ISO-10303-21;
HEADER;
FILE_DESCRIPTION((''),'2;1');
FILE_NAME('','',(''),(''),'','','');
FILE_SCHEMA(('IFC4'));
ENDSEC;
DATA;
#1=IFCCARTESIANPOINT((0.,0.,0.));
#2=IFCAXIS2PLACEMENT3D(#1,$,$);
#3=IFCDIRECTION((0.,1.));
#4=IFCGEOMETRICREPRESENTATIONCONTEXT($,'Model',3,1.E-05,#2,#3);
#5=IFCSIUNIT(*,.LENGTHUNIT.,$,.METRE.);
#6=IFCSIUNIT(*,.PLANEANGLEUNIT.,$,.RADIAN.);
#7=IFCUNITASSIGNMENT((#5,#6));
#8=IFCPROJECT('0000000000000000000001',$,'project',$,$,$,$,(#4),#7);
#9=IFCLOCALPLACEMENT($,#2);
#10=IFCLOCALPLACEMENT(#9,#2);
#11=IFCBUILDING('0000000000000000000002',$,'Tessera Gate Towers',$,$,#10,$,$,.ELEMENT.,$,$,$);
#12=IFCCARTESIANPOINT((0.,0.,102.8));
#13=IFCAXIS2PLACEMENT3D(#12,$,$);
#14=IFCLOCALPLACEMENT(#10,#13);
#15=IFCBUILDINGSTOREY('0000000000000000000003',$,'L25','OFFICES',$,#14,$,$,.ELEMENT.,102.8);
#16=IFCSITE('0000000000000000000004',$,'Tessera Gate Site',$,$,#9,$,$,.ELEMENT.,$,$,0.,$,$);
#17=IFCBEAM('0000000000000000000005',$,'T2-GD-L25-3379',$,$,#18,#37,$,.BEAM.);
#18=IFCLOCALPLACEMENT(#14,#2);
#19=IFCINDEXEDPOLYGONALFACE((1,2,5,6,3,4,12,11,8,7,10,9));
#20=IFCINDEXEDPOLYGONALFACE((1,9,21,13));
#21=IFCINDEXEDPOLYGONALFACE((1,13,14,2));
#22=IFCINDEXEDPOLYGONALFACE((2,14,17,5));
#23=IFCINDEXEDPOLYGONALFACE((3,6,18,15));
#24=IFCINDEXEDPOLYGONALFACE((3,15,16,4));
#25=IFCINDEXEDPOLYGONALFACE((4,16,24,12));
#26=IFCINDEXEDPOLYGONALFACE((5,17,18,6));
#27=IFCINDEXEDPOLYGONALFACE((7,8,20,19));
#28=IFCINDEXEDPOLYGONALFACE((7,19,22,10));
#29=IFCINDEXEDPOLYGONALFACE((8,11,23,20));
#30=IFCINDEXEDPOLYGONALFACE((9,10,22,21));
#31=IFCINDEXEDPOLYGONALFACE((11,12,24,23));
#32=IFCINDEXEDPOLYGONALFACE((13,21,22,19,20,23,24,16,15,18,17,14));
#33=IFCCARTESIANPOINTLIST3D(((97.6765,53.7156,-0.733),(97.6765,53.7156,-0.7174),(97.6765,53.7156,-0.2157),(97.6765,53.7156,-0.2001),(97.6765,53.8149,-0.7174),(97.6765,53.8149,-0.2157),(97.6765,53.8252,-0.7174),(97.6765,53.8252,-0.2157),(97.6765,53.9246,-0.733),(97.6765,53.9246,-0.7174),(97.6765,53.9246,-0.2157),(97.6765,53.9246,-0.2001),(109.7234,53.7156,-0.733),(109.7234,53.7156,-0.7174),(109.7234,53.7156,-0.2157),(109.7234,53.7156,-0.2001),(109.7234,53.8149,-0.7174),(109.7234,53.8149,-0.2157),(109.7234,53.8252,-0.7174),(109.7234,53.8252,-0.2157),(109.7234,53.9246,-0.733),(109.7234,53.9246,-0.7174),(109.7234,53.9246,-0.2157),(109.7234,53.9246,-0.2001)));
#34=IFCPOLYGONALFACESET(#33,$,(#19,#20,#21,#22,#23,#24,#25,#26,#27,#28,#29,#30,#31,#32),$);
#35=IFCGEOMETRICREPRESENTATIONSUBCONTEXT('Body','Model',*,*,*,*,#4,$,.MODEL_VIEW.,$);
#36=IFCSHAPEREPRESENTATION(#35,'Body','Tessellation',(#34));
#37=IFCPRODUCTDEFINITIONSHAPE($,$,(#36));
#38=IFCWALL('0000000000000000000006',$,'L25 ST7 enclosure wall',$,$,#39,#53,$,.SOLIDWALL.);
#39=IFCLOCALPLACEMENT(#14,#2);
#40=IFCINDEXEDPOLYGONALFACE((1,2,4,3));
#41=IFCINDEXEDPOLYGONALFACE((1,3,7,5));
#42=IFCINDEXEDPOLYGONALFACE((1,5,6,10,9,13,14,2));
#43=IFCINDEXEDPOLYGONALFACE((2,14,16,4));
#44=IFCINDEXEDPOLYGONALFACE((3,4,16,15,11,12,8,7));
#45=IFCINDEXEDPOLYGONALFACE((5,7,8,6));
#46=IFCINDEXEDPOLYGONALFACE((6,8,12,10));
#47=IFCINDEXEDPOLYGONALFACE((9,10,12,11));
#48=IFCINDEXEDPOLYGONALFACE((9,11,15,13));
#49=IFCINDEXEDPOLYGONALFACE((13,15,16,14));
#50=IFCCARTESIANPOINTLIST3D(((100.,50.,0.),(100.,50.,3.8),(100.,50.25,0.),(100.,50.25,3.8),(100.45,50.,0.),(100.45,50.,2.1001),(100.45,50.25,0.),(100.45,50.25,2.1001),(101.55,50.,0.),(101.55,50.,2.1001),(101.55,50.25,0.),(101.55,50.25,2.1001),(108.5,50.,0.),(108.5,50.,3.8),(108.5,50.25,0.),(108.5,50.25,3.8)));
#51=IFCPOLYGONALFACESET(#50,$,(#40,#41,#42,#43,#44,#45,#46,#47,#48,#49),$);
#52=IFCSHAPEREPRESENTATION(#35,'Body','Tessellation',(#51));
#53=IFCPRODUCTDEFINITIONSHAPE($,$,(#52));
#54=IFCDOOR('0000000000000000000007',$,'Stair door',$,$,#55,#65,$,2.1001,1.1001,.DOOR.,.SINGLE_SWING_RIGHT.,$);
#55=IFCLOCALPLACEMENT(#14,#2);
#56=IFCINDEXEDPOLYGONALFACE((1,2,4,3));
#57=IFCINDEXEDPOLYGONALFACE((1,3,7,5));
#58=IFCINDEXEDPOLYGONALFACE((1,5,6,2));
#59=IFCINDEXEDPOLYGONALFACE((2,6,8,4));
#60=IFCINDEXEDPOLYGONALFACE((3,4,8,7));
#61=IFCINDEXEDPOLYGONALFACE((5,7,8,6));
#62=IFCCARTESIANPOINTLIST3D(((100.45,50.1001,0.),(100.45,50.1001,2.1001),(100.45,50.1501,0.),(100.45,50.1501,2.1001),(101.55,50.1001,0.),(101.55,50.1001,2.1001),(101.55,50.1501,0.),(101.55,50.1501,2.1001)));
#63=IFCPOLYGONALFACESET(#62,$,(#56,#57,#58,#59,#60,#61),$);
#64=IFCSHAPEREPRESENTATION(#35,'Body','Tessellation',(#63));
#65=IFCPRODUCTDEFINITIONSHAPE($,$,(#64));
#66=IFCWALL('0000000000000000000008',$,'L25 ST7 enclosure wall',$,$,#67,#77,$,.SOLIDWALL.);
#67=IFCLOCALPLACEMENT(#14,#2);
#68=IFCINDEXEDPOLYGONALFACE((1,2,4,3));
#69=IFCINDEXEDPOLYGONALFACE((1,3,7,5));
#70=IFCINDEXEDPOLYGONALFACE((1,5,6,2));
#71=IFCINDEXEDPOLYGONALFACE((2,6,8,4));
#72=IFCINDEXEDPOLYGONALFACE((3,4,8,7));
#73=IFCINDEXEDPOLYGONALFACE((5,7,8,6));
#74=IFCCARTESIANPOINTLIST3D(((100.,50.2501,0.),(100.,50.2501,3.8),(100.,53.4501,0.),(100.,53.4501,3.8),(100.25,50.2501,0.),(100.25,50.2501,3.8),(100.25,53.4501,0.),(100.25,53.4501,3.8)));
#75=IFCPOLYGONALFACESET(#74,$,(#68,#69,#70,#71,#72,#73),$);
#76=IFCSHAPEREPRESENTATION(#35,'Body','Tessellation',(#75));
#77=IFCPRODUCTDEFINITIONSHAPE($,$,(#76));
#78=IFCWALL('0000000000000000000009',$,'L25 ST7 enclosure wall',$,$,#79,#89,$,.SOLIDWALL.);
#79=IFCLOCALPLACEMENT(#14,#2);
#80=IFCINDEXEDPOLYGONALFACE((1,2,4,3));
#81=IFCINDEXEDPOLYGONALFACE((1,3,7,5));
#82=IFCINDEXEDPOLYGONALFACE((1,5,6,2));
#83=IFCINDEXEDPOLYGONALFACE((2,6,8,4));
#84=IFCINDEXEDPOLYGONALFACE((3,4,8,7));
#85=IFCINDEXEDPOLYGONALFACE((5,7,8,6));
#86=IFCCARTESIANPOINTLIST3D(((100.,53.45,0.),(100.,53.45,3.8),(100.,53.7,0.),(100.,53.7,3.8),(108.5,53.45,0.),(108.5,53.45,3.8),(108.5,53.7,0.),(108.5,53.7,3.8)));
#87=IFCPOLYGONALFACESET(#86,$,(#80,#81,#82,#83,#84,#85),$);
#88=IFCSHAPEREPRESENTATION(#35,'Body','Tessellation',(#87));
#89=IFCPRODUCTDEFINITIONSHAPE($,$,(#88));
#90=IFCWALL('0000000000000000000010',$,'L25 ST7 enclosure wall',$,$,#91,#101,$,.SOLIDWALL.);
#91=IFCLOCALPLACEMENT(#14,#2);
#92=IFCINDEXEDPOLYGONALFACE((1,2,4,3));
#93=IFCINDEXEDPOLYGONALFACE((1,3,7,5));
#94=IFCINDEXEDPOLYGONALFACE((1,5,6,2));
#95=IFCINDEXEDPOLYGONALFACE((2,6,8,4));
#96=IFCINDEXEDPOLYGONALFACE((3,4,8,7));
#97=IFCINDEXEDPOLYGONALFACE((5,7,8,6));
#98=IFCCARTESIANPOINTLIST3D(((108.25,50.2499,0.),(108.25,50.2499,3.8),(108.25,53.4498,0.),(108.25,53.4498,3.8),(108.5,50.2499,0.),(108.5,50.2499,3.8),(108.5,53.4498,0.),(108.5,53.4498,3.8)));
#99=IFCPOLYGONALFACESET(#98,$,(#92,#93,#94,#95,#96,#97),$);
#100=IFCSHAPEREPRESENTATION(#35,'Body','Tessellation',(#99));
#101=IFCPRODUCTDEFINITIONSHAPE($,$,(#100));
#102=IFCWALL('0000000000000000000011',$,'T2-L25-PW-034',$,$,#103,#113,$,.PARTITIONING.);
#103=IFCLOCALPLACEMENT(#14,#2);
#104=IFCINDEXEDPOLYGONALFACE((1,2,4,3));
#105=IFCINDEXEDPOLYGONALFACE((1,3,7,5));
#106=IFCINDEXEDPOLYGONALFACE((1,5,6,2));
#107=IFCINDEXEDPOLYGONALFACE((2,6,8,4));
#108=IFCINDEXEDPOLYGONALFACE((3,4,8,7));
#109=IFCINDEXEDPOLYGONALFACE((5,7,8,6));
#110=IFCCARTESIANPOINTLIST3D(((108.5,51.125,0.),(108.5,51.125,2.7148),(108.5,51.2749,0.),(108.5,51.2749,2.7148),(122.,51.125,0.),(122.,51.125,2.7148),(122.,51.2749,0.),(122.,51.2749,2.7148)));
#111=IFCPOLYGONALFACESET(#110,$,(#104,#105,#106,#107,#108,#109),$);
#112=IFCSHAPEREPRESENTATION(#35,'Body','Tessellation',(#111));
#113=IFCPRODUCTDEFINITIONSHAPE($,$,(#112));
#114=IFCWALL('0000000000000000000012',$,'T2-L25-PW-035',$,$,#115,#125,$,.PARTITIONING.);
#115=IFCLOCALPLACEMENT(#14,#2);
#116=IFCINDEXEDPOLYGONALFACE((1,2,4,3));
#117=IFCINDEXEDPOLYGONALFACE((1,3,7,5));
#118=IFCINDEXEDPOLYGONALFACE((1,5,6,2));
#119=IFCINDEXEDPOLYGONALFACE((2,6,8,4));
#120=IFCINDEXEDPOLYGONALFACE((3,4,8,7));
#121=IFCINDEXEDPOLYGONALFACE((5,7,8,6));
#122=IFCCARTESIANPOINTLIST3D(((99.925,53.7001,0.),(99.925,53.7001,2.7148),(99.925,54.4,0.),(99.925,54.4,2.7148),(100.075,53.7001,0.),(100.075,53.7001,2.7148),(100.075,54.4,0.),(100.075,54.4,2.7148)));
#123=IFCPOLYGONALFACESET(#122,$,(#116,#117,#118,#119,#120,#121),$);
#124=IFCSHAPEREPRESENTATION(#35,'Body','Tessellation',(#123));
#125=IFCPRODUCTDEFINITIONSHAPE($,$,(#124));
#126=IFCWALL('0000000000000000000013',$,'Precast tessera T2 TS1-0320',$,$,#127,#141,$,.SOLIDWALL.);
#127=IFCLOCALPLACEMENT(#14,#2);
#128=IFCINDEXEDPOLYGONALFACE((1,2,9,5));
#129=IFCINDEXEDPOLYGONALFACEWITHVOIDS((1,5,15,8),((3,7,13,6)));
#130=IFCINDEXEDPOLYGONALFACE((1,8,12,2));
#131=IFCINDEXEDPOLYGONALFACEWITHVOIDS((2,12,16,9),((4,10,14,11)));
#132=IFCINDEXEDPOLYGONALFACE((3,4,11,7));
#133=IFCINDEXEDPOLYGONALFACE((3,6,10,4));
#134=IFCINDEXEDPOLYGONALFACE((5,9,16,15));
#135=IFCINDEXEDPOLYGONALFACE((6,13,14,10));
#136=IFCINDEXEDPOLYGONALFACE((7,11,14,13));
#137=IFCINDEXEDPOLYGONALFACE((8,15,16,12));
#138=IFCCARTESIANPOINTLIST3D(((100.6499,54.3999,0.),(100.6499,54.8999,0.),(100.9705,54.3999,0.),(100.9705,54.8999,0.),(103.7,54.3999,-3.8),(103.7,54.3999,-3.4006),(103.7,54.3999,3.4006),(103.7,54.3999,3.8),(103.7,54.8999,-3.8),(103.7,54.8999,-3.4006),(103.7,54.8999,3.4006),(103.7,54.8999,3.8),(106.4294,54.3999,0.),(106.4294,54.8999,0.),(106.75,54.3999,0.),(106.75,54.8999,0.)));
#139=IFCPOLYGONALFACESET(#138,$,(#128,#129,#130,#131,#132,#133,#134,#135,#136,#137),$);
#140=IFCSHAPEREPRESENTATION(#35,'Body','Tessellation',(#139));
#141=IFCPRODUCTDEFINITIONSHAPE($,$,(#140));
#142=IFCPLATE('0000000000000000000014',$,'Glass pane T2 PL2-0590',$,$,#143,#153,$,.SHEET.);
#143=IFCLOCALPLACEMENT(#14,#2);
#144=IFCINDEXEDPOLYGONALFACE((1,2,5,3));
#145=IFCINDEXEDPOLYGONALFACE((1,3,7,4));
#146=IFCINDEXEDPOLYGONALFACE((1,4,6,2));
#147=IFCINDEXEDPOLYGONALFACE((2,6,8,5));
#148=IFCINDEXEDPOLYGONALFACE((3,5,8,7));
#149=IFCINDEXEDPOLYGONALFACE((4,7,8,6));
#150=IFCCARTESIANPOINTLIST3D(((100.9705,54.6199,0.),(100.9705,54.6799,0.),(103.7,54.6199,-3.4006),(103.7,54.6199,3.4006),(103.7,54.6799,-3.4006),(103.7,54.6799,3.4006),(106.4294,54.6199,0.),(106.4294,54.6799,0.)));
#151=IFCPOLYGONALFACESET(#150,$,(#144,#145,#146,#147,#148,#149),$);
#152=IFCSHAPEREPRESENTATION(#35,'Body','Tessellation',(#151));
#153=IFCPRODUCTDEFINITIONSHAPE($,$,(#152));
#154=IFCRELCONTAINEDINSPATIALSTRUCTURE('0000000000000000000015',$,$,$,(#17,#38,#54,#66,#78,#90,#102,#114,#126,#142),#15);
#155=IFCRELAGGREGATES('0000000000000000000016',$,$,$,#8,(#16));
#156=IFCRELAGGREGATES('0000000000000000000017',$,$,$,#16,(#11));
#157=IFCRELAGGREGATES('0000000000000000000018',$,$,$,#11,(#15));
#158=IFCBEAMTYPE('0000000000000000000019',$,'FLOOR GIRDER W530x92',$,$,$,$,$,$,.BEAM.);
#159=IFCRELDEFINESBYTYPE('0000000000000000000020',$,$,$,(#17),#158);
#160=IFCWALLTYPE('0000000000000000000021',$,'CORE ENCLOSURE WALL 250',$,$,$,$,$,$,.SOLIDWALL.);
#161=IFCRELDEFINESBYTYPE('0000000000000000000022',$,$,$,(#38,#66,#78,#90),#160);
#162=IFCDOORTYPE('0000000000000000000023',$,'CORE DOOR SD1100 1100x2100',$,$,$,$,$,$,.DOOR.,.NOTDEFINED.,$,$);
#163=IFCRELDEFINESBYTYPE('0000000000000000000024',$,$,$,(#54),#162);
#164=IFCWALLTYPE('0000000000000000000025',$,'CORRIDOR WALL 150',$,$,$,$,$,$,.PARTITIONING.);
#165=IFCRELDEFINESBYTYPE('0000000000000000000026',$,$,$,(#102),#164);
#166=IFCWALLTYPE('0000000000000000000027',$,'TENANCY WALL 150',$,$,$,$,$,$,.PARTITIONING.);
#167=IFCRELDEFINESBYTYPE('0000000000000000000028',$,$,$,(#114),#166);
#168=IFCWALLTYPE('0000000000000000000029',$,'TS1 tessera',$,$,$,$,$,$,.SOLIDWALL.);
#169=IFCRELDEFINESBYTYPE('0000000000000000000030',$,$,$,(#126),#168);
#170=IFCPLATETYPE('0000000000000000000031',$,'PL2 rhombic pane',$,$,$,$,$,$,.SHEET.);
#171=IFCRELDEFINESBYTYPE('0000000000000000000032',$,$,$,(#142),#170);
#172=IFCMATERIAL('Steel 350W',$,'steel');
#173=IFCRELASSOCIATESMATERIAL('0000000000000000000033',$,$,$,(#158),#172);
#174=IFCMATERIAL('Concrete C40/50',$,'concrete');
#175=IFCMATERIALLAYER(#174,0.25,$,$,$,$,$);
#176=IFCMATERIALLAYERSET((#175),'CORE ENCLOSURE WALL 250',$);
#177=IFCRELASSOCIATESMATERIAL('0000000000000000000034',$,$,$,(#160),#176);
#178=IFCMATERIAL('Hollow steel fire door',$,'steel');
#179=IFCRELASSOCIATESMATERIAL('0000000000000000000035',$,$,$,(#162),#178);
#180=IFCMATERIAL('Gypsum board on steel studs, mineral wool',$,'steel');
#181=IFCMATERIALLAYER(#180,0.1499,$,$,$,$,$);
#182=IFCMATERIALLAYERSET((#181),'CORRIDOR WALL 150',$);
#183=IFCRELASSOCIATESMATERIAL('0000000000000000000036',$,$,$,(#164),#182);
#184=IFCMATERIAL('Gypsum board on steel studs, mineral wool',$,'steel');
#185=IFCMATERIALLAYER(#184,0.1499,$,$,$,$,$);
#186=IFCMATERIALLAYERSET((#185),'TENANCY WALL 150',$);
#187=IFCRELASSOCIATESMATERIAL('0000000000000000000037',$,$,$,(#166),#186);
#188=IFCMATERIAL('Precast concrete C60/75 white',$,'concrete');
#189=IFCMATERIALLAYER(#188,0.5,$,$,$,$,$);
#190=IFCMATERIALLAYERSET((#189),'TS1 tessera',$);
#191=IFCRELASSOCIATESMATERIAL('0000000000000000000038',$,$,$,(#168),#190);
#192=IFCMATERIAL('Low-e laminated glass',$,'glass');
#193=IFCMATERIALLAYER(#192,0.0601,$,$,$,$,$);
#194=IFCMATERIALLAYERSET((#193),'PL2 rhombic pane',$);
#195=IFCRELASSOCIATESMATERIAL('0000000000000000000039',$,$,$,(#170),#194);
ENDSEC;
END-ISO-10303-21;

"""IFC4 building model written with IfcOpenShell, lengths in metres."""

from ifc_helpers import new_model, si_unit, direction, frame, frame_2d, origin, origin_2d, place, context, subcontext, project, spatial, polyline, rectangle, i_section, outline, extrude, source, transform, mapped, material, layer, layer_set, material_profile, profile_set, type_object, element, fill, save


model = new_model("IFC4")

# Units and contexts
model_context = context("Model", 3, precision=1e-05, world=origin(), true_north=direction((0.0, 1.0)))
body_context = subcontext(model_context, "Body", "Model", "MODEL_VIEW")
ifc_project = project(units=[si_unit("LENGTHUNIT", "METRE"), si_unit("PLANEANGLEUNIT", "RADIAN")], contexts=[model_context])

# Site, building, storey
site_placement = place(None, origin())
site = spatial("IfcSite", under=ifc_project, at=site_placement, Name="Tessera Gate Site", CompositionType="ELEMENT", RefElevation=0.0)
building_placement = place(site_placement, origin())
building = spatial("IfcBuilding", under=site, at=building_placement, Name="Tessera Gate Towers", CompositionType="ELEMENT")
storey_placement = place(building_placement, frame((0.0, 0.0, 102.8)))
storey = spatial("IfcBuildingStorey", under=building, at=storey_placement, Name="L25", Description="OFFICES", CompositionType="ELEMENT", Elevation=102.8)

# Beam
ifc_material_1 = material(Name="Steel 350W", Category="steel")
ifc_material_profile = material_profile(ifc_material_1, i_section(OverallWidth=0.209, OverallDepth=0.533, WebThickness=0.0103, FlangeThickness=0.0156, at=origin_2d()), Name="W530x92")
ifc_profile_set = profile_set([ifc_material_profile], Name="Steel 350W")
beam_type = type_object("IfcBeamType", Name="FLOOR GIRDER W530x92", PredefinedType="BEAM", material=ifc_profile_set)
beam_placement = place(storey_placement, frame((97.6765, 53.8201, -0.4666), z_axis=(1.0, 0.0, 0.0), x_axis=(0.0, 1.0, 0.0)))
element("IfcBeam", 1, at=beam_placement, inside=storey, type_object=beam_type, Name="T2-GD-L25-3379", PredefinedType="BEAM", context=body_context, shape_type="SweptSolid", body=[
    extrude(i_section(OverallWidth=0.209, OverallDepth=0.533, WebThickness=0.0103, FlangeThickness=0.0156, at=origin_2d()), origin(), (0.0, 0.0, 1.0), 12.0469),
])

# Wall, opening, door
ifc_material_2 = material(Name="Concrete C40/50", Category="concrete")
ifc_layer_1 = layer(ifc_material_2, 0.25)
ifc_layer_set_1 = layer_set([ifc_layer_1], Name="CORE ENCLOSURE WALL 250")
wall_type_1 = type_object("IfcWallType", Name="CORE ENCLOSURE WALL 250", PredefinedType="SOLIDWALL", material=ifc_layer_set_1)
wall_1_placement = place(storey_placement, frame((108.5, 50.125, 0.0), z_axis=(0.0, 0.0, 1.0), x_axis=(-1.0, 0.0, 0.0)))
wall_1 = element("IfcWall", 2, at=wall_1_placement, inside=storey, type_object=wall_type_1, Name="L25 ST7 enclosure wall", PredefinedType="SOLIDWALL", context=body_context, shape_type="SweptSolid", body=[
    extrude(rectangle(XDim=8.5, YDim=0.25, at=frame_2d((4.25, 0.0))), origin(), (0.0, 0.0, 1.0), 3.8),
])
shared_shape_1 = source(origin(), body_context, "Body", "SweptSolid", [
    extrude(rectangle(XDim=1.1001, YDim=2.1001, at=frame_2d((0.55, 1.05))), frame((0.0, 0.135, 0.0), z_axis=(0.0, -1.0, 0.0), x_axis=(1.0, 0.0, 0.0)), (0.0, 0.0, 1.0), 0.27),
])
opening_1_placement = place(wall_1_placement, frame((6.95, 0.0, 0.0)))
opening_1 = element("IfcOpeningElement", 3, at=opening_1_placement, cuts=wall_1, PredefinedType="OPENING", context=body_context, shape_type="MappedRepresentation", body=[
    mapped(shared_shape_1, transform((0.0, 0.0, 0.0), scale=1.0)),
])
ifc_material_3 = material(Name="Hollow steel fire door", Category="steel")
door_type = type_object("IfcDoorType", Name="CORE DOOR SD1100 1100x2100", OperationType="NOTDEFINED", PredefinedType="DOOR", material=ifc_material_3)
shared_shape_2 = source(origin(), body_context, "Body", "SweptSolid", [
    extrude(rectangle(XDim=1.1001, YDim=2.1001, at=frame_2d((0.55, 1.05))), frame((0.0, 0.0249, 0.0), z_axis=(0.0, -1.0, 0.0), x_axis=(1.0, 0.0, 0.0)), (0.0, 0.0, 1.0), 0.05),
])
door_placement = place(opening_1_placement, origin())
door = element("IfcDoor", 4, at=door_placement, inside=storey, type_object=door_type, Name="Stair door", OperationType="SINGLE_SWING_RIGHT", OverallHeight=2.1001, OverallWidth=1.1001, PredefinedType="DOOR", context=body_context, shape_type="MappedRepresentation", body=[
    mapped(shared_shape_2, transform((0.0, 0.0, 0.0), scale=1.0)),
])
fill(opening_1, door)

# Walls
wall_2_placement = place(storey_placement, frame((100.125, 50.25, 0.0), z_axis=(0.0, 0.0, 1.0), x_axis=(0.0, 1.0, 0.0)))
element("IfcWall", 5, at=wall_2_placement, inside=storey, type_object=wall_type_1, Name="L25 ST7 enclosure wall", PredefinedType="SOLIDWALL", context=body_context, shape_type="SweptSolid", body=[
    extrude(rectangle(XDim=3.2, YDim=0.25, at=frame_2d((1.6001, 0.0))), origin(), (0.0, 0.0, 1.0), 3.8),
])
wall_3_placement = place(storey_placement, frame((100.0, 53.575, 0.0), z_axis=(0.0, 0.0, 1.0), x_axis=(1.0, 0.0, 0.0)))
element("IfcWall", 6, at=wall_3_placement, inside=storey, type_object=wall_type_1, Name="L25 ST7 enclosure wall", PredefinedType="SOLIDWALL", context=body_context, shape_type="SweptSolid", body=[
    extrude(rectangle(XDim=8.5, YDim=0.25, at=frame_2d((4.25, 0.0))), origin(), (0.0, 0.0, 1.0), 3.8),
])
wall_4_placement = place(storey_placement, frame((108.375, 53.45, 0.0), z_axis=(0.0, 0.0, 1.0), x_axis=(0.0, -1.0, 0.0)))
element("IfcWall", 7, at=wall_4_placement, inside=storey, type_object=wall_type_1, Name="L25 ST7 enclosure wall", PredefinedType="SOLIDWALL", context=body_context, shape_type="SweptSolid", body=[
    extrude(rectangle(XDim=3.2, YDim=0.25, at=frame_2d((1.6001, 0.0))), origin(), (0.0, 0.0, 1.0), 3.8),
])
ifc_material_4 = material(Name="Gypsum board on steel studs, mineral wool", Category="steel")
ifc_layer_2 = layer(ifc_material_4, 0.1499)
ifc_layer_set_2 = layer_set([ifc_layer_2], Name="CORRIDOR WALL 150")
wall_type_2 = type_object("IfcWallType", Name="CORRIDOR WALL 150", PredefinedType="PARTITIONING", material=ifc_layer_set_2)
wall_5_placement = place(storey_placement, frame((108.5, 51.2, 0.0), z_axis=(0.0, 0.0, 1.0), x_axis=(1.0, 0.0, 0.0)))
element("IfcWall", 8, at=wall_5_placement, inside=storey, type_object=wall_type_2, Name="T2-L25-PW-034", PredefinedType="PARTITIONING", context=body_context, shape_type="SweptSolid", body=[
    extrude(rectangle(XDim=13.5, YDim=0.1499, at=frame_2d((6.75, 0.0))), origin(), (0.0, 0.0, 1.0), 2.7148),
])
ifc_material_5 = material(Name="Gypsum board on steel studs, mineral wool", Category="steel")
ifc_layer_3 = layer(ifc_material_5, 0.1499)
ifc_layer_set_3 = layer_set([ifc_layer_3], Name="TENANCY WALL 150")
wall_type_3 = type_object("IfcWallType", Name="TENANCY WALL 150", PredefinedType="PARTITIONING", material=ifc_layer_set_3)
wall_6_placement = place(storey_placement, frame((100.0, 53.7, 0.0), z_axis=(0.0, 0.0, 1.0), x_axis=(0.0, 1.0, 0.0)))
element("IfcWall", 9, at=wall_6_placement, inside=storey, type_object=wall_type_3, Name="T2-L25-PW-035", PredefinedType="PARTITIONING", context=body_context, shape_type="SweptSolid", body=[
    extrude(rectangle(XDim=0.7, YDim=0.1499, at=frame_2d((0.3501, 0.0))), origin(), (0.0, 0.0, 1.0), 2.7148),
])

# Wall, opening, plate
ifc_material_6 = material(Name="Precast concrete C60/75 white", Category="concrete")
ifc_layer_4 = layer(ifc_material_6, 0.5)
ifc_layer_set_4 = layer_set([ifc_layer_4], Name="TS1 tessera")
wall_type_4 = type_object("IfcWallType", Name="TS1 tessera", PredefinedType="SOLIDWALL", material=ifc_layer_set_4)
shared_shape_3 = source(origin(), body_context, "Body", "SweptSolid", [
    extrude(outline(polyline([(3.05, 0.0), (6.1001, 3.8), (3.05, 7.6001), (0.0, 3.8), (3.05, 0.0)])), frame((0.0, 0.25, 0.0), z_axis=(0.0, -1.0, 0.0), x_axis=(1.0, 0.0, 0.0)), (0.0, 0.0, 1.0), 0.5),
])
wall_7_placement = place(storey_placement, frame((106.75, 54.6499, -3.8), z_axis=(0.0, 0.0, 1.0), x_axis=(-1.0, 0.0, 0.0)))
wall_7 = element("IfcWall", 10, at=wall_7_placement, inside=storey, type_object=wall_type_4, Name="Precast tessera T2 TS1-0320", PredefinedType="SOLIDWALL", context=body_context, shape_type="MappedRepresentation", body=[
    mapped(shared_shape_3, transform((0.0, 0.0, 0.0), scale=1.0)),
])
shared_shape_4 = source(origin(), body_context, "Body", "SweptSolid", [
    extrude(outline(polyline([(3.05, 0.3994), (5.7795, 3.8), (3.05, 7.2007), (0.3206, 3.8), (3.05, 0.3994)])), frame((0.0, 0.26, 0.0), z_axis=(0.0, -1.0, 0.0), x_axis=(1.0, 0.0, 0.0)), (0.0, 0.0, 1.0), 0.52),
])
opening_2_placement = place(wall_7_placement, origin())
opening_2 = element("IfcOpeningElement", 11, at=opening_2_placement, cuts=wall_7, PredefinedType="OPENING", context=body_context, shape_type="MappedRepresentation", body=[
    mapped(shared_shape_4, transform((0.0, 0.0, 0.0), scale=1.0)),
])
ifc_material_7 = material(Name="Low-e laminated glass", Category="glass")
ifc_layer_5 = layer(ifc_material_7, 0.0601)
ifc_layer_set_5 = layer_set([ifc_layer_5], Name="PL2 rhombic pane")
plate_type = type_object("IfcPlateType", Name="PL2 rhombic pane", PredefinedType="SHEET", material=ifc_layer_set_5)
shared_shape_5 = source(origin(), body_context, "Body", "SweptSolid", [
    extrude(outline(polyline([(3.05, 0.3994), (5.7795, 3.8), (3.05, 7.2007), (0.3206, 3.8), (3.05, 0.3994)])), frame((0.0, 0.03, 0.0), z_axis=(0.0, -1.0, 0.0), x_axis=(1.0, 0.0, 0.0)), (0.0, 0.0, 1.0), 0.0601),
])
plate_placement = place(opening_2_placement, origin())
plate = element("IfcPlate", 12, at=plate_placement, inside=storey, type_object=plate_type, Name="Glass pane T2 PL2-0590", PredefinedType="SHEET", context=body_context, shape_type="MappedRepresentation", body=[
    mapped(shared_shape_5, transform((0.0, 0.0, 0.0), scale=1.0)),
])
fill(opening_2, plate)

save(model, "model.ifc")
